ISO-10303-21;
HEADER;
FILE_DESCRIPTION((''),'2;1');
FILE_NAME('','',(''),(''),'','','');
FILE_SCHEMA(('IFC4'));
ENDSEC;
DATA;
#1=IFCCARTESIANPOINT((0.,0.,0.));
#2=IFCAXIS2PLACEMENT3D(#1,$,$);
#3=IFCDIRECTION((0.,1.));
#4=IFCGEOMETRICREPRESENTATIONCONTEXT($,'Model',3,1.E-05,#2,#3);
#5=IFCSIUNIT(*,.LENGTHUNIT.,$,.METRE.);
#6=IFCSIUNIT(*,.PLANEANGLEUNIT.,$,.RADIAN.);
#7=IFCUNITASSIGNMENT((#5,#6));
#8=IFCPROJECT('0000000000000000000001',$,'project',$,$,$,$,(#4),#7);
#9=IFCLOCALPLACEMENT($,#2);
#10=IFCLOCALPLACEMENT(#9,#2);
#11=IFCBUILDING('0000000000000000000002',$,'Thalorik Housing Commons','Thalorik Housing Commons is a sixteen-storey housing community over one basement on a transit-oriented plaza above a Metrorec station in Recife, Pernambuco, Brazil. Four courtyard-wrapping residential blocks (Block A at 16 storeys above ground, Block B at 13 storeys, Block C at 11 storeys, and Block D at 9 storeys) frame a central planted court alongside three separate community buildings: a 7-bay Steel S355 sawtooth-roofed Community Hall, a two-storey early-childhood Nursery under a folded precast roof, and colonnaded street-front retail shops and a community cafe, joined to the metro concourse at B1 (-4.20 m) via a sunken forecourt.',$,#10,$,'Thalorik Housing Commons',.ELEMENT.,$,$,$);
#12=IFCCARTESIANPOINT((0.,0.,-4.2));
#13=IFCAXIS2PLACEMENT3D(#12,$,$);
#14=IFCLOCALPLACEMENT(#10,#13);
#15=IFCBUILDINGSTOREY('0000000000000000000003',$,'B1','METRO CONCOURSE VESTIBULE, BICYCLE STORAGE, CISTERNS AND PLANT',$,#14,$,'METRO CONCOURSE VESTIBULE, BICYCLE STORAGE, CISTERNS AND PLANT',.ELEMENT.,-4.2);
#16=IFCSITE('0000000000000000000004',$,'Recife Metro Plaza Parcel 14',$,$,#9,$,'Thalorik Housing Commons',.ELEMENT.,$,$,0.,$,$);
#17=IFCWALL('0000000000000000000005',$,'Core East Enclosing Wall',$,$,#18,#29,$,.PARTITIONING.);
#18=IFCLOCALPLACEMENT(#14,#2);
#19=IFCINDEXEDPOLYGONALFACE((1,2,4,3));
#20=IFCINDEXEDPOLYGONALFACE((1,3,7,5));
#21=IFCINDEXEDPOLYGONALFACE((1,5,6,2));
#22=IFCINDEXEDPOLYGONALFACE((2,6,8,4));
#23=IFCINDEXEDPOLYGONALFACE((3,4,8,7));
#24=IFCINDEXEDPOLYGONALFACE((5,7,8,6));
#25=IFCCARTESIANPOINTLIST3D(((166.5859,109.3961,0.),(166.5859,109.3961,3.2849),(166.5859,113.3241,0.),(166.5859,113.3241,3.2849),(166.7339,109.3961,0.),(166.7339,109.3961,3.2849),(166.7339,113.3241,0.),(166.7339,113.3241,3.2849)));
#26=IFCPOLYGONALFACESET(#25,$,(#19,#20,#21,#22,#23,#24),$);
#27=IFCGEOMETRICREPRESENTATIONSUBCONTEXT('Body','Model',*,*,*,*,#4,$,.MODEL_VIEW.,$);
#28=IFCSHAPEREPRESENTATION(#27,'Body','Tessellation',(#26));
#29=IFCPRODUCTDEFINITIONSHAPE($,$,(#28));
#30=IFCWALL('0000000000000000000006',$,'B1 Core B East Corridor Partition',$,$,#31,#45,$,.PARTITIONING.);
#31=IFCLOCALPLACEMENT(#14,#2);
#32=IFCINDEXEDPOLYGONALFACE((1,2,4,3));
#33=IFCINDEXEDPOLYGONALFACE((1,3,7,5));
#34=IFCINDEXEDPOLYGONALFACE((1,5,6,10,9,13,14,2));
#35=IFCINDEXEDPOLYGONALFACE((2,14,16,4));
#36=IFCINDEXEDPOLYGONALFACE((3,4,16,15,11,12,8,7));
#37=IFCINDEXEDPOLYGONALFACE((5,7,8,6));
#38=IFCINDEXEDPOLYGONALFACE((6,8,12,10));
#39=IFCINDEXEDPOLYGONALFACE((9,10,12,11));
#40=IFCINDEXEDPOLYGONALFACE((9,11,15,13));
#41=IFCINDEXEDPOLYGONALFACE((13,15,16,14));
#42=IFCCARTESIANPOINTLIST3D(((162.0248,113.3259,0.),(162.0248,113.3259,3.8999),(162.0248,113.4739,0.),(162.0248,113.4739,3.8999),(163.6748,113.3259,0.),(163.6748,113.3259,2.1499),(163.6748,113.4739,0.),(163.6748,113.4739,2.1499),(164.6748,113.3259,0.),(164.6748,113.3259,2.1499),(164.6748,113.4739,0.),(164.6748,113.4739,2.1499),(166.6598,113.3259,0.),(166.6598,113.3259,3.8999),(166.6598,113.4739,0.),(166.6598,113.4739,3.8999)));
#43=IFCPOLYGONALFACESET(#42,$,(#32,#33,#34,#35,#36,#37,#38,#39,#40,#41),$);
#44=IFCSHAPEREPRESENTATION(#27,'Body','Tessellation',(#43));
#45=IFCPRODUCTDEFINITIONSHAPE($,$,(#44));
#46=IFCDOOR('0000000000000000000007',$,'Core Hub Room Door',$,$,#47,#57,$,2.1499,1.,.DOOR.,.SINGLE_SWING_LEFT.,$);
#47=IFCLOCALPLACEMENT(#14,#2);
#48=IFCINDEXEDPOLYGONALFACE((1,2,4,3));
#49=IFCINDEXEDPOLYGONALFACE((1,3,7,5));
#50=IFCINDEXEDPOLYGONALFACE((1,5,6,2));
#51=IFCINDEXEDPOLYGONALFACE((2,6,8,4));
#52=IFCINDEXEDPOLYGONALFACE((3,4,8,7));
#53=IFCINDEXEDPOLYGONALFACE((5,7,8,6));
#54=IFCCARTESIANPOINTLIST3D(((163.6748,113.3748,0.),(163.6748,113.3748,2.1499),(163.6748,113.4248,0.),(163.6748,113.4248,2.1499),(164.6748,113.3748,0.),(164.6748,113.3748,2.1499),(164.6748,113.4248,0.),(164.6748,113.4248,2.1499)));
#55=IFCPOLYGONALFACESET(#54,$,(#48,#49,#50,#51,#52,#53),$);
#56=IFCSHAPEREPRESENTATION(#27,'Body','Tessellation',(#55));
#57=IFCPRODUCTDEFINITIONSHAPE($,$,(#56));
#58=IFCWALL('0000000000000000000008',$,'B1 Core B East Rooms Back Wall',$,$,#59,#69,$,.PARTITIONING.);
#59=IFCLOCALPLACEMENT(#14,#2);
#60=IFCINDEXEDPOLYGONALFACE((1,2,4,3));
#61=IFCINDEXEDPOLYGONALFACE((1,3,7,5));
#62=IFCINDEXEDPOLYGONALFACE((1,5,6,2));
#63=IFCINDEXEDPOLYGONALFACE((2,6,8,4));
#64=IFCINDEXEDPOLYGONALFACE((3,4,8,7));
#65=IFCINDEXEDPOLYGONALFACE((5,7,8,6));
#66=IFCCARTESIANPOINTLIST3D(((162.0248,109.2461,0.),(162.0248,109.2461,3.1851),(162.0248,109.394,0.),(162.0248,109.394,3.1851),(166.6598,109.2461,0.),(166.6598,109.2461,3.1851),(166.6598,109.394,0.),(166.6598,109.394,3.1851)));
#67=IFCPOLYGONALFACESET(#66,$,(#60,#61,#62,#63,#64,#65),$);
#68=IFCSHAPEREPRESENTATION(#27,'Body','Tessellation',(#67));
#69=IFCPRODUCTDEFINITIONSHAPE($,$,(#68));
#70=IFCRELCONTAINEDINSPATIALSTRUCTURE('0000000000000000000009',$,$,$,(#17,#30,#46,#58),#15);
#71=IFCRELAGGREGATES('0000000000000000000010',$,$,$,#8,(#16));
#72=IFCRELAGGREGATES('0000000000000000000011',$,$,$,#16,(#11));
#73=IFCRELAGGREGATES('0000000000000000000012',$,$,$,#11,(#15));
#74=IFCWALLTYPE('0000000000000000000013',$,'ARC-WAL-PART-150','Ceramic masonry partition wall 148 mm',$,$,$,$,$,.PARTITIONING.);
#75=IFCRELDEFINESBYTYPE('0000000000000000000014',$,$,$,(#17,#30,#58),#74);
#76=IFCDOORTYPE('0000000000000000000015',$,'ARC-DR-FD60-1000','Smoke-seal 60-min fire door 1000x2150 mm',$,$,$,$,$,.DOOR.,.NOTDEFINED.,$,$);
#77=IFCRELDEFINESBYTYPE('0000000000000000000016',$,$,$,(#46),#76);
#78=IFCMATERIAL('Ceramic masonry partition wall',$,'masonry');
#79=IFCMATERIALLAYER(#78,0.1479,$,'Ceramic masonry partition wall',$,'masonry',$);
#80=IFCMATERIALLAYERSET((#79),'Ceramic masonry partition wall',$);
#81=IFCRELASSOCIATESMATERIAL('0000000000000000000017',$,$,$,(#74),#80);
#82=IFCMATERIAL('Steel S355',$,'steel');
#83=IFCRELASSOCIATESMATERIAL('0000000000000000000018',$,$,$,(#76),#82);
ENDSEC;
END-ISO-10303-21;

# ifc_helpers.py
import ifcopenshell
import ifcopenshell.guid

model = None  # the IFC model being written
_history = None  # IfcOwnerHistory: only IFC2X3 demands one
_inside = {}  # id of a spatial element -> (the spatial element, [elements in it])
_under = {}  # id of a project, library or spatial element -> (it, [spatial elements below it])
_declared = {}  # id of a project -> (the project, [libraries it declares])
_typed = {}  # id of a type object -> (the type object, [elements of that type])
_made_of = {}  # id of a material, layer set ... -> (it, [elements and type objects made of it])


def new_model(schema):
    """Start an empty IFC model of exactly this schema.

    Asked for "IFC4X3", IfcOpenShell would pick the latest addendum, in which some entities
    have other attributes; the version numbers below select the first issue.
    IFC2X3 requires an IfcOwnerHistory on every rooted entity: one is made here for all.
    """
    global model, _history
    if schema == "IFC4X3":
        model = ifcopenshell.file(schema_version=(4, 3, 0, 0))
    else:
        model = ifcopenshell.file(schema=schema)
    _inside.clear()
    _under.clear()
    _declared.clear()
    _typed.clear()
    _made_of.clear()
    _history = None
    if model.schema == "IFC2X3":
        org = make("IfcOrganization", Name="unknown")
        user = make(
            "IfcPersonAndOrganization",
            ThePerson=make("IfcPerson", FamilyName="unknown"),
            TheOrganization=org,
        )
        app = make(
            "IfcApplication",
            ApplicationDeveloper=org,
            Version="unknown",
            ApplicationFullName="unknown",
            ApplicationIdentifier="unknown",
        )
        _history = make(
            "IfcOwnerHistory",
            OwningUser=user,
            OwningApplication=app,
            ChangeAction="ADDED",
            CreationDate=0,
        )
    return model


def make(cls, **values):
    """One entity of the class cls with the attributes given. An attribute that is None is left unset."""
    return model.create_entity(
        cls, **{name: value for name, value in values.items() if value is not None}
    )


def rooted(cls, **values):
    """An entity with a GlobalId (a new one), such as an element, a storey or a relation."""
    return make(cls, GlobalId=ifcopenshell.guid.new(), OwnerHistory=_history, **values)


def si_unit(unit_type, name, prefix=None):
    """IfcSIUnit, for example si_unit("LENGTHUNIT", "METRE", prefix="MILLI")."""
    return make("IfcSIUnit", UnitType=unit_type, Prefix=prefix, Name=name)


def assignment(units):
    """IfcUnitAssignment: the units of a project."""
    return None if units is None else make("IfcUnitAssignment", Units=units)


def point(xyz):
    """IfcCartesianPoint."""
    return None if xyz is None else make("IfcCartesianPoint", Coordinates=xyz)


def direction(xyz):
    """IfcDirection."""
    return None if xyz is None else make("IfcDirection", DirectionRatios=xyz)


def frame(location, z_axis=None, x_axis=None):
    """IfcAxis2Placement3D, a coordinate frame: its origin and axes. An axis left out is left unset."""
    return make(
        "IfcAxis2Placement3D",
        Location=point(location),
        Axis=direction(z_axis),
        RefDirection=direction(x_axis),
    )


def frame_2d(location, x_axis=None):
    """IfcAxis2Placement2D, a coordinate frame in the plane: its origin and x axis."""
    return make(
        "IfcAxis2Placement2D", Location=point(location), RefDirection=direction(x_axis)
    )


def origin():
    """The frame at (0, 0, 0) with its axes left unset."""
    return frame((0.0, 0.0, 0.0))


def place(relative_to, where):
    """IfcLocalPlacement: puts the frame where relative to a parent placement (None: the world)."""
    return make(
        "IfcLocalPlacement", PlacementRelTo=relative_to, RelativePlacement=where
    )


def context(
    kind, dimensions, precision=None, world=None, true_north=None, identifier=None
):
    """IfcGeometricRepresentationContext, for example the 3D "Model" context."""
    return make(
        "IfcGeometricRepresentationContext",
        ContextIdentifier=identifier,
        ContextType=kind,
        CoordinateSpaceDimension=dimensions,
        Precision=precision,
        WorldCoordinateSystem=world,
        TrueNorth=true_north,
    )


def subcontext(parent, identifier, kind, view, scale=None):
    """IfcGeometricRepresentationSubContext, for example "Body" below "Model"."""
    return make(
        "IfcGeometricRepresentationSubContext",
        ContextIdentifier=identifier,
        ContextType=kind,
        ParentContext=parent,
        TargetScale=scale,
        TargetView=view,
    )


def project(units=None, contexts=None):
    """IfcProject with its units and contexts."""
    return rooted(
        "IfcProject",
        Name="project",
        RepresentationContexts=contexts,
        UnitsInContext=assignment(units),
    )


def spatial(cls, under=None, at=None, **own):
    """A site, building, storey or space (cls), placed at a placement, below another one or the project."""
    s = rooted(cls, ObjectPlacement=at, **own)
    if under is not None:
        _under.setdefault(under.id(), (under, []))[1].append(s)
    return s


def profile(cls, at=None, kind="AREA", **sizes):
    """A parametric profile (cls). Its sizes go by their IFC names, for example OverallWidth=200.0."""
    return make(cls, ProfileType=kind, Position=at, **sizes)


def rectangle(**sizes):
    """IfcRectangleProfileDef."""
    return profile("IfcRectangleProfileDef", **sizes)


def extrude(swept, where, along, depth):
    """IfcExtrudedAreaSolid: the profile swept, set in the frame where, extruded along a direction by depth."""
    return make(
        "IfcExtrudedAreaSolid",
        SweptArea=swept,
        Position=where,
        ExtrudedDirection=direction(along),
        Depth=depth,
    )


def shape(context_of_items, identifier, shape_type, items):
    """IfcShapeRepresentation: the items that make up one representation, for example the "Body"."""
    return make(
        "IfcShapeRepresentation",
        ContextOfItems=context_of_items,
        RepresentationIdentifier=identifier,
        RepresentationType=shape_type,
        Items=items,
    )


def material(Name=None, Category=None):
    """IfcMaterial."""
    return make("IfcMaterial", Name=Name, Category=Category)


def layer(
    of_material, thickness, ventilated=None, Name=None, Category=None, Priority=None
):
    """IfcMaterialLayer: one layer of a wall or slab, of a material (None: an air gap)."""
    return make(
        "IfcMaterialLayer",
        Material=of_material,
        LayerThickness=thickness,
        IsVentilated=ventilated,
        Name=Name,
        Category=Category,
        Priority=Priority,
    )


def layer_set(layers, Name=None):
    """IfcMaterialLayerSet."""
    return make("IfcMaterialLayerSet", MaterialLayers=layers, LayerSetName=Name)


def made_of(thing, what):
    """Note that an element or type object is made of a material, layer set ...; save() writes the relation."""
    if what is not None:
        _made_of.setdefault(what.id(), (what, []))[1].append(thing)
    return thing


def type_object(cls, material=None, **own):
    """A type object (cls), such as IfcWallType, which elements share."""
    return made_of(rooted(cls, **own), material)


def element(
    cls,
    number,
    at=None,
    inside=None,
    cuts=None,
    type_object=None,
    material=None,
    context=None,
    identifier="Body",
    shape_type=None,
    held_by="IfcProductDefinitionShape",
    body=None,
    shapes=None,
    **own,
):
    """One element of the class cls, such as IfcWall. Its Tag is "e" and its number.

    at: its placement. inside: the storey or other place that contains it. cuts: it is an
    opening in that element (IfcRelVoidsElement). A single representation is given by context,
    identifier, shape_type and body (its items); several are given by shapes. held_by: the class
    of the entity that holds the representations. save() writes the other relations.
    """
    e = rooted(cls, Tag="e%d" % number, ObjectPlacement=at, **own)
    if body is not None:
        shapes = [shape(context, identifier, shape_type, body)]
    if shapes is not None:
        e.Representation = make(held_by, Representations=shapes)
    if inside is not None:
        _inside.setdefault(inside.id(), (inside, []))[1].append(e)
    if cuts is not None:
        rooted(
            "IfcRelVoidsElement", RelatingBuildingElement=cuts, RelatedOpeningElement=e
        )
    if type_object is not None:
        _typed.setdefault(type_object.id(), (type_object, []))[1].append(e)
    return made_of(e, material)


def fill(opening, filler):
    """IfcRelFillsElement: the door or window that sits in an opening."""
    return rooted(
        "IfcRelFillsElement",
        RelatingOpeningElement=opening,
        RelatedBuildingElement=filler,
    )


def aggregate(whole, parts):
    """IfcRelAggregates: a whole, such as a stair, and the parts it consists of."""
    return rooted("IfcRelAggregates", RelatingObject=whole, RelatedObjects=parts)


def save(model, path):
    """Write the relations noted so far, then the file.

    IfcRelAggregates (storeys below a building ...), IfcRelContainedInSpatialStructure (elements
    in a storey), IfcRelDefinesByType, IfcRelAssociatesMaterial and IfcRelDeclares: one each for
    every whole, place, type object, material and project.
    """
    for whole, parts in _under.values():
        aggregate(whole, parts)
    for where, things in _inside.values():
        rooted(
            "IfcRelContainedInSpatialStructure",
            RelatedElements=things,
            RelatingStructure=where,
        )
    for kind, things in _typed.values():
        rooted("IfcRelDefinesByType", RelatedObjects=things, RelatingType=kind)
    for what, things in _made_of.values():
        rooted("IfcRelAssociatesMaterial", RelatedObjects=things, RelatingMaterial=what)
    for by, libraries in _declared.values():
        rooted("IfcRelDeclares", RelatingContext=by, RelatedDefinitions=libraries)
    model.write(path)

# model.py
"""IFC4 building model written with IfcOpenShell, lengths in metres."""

from ifc_helpers import new_model, si_unit, direction, frame, frame_2d, origin, place, context, subcontext, project, spatial, rectangle, extrude, material, layer, layer_set, type_object, element, fill, save


model = new_model("IFC4")

# Units and contexts
model_context = context("Model", 3, precision=1e-05, world=origin(), true_north=direction((0.0, 1.0)))
body_context = subcontext(model_context, "Body", "Model", "MODEL_VIEW")
ifc_project = project(units=[si_unit("LENGTHUNIT", "METRE"), si_unit("PLANEANGLEUNIT", "RADIAN")], contexts=[model_context])

# Site, building, storey
site_placement = place(None, origin())
site = spatial("IfcSite", under=ifc_project, at=site_placement, Name="Recife Metro Plaza Parcel 14", LongName="Thalorik Housing Commons", CompositionType="ELEMENT", RefElevation=0.0)
building_placement = place(site_placement, origin())
building = spatial("IfcBuilding", under=site, at=building_placement, Name="Thalorik Housing Commons", Description="Thalorik Housing Commons is a sixteen-storey housing community over one basement on a transit-oriented plaza above a Metrorec station in Recife, Pernambuco, Brazil. Four courtyard-wrapping residential blocks (Block A at 16 storeys above ground, Block B at 13 storeys, Block C at 11 storeys, and Block D at 9 storeys) frame a central planted court alongside three separate community buildings: a 7-bay Steel S355 sawtooth-roofed Community Hall, a two-storey early-childhood Nursery under a folded precast roof, and colonnaded street-front retail shops and a community cafe, joined to the metro concourse at B1 (-4.20 m) via a sunken forecourt.", LongName="Thalorik Housing Commons", CompositionType="ELEMENT")
storey_placement = place(building_placement, frame((0.0, 0.0, -4.2)))
storey = spatial("IfcBuildingStorey", under=building, at=storey_placement, Name="B1", Description="METRO CONCOURSE VESTIBULE, BICYCLE STORAGE, CISTERNS AND PLANT", LongName="METRO CONCOURSE VESTIBULE, BICYCLE STORAGE, CISTERNS AND PLANT", CompositionType="ELEMENT", Elevation=-4.2)

# Wall
ifc_material_1 = material(Name="Ceramic masonry partition wall", Category="masonry")
ifc_layer = layer(ifc_material_1, 0.1479, Name="Ceramic masonry partition wall", Category="masonry")
ifc_layer_set = layer_set([ifc_layer], Name="Ceramic masonry partition wall")
wall_type = type_object("IfcWallType", Name="ARC-WAL-PART-150", Description="Ceramic masonry partition wall 148 mm", PredefinedType="PARTITIONING", material=ifc_layer_set)
wall_1_placement = place(storey_placement, frame((166.6599, 113.324, 0.0), z_axis=(0.0, 0.0, 1.0), x_axis=(0.0, -1.0, 0.0)))
element("IfcWall", 1, at=wall_1_placement, inside=storey, type_object=wall_type, Name="Core East Enclosing Wall", PredefinedType="PARTITIONING", context=body_context, shape_type="SweptSolid", body=[
    extrude(rectangle(XDim=3.928, YDim=0.1479, at=frame_2d((1.9639, 0.0))), origin(), (0.0, 0.0, 1.0), 3.2849),
])

# Wall, opening, door
wall_2_placement = place(storey_placement, frame((162.0249, 113.3999, 0.0), z_axis=(0.0, 0.0, 1.0), x_axis=(1.0, 0.0, 0.0)))
wall_2 = element("IfcWall", 2, at=wall_2_placement, inside=storey, type_object=wall_type, Name="B1 Core B East Corridor Partition", PredefinedType="PARTITIONING", context=body_context, shape_type="SweptSolid", body=[
    extrude(rectangle(XDim=4.635, YDim=0.1479, at=frame_2d((2.3174, 0.0))), origin(), (0.0, 0.0, 1.0), 3.8999),
])
opening_placement = place(wall_2_placement, frame((1.6499, 0.0, 0.0)))
opening = element("IfcOpeningElement", 3, at=opening_placement, cuts=wall_2, PredefinedType="OPENING", context=body_context, shape_type="SweptSolid", body=[
    extrude(rectangle(XDim=1.0, YDim=2.1499, at=frame_2d((0.5, 1.075))), frame((0.0, 0.084, 0.0), z_axis=(0.0, -1.0, 0.0), x_axis=(1.0, 0.0, 0.0)), (0.0, 0.0, 1.0), 0.168),
])
ifc_material_2 = material(Name="Steel S355", Category="steel")
door_type = type_object("IfcDoorType", Name="ARC-DR-FD60-1000", Description="Smoke-seal 60-min fire door 1000x2150 mm", OperationType="NOTDEFINED", PredefinedType="DOOR", material=ifc_material_2)
door_placement = place(opening_placement, origin())
door = element("IfcDoor", 4, at=door_placement, inside=storey, type_object=door_type, Name="Core Hub Room Door", OperationType="SINGLE_SWING_LEFT", OverallHeight=2.1499, OverallWidth=1.0, PredefinedType="DOOR", context=body_context, shape_type="SweptSolid", body=[
    extrude(rectangle(XDim=1.0, YDim=2.1499, at=frame_2d((0.5, 1.075))), frame((0.0, 0.0249, 0.0), z_axis=(0.0, -1.0, 0.0), x_axis=(1.0, 0.0, 0.0)), (0.0, 0.0, 1.0), 0.05),
])
fill(opening, door)

# Wall
wall_3_placement = place(storey_placement, frame((162.0249, 109.3201, 0.0), z_axis=(0.0, 0.0, 1.0), x_axis=(1.0, 0.0, 0.0)))
element("IfcWall", 5, at=wall_3_placement, inside=storey, type_object=wall_type, Name="B1 Core B East Rooms Back Wall", PredefinedType="PARTITIONING", context=body_context, shape_type="SweptSolid", body=[
    extrude(rectangle(XDim=4.635, YDim=0.1479, at=frame_2d((2.3174, 0.0))), origin(), (0.0, 0.0, 1.0), 3.1851),
])

save(model, "model.ifc")
